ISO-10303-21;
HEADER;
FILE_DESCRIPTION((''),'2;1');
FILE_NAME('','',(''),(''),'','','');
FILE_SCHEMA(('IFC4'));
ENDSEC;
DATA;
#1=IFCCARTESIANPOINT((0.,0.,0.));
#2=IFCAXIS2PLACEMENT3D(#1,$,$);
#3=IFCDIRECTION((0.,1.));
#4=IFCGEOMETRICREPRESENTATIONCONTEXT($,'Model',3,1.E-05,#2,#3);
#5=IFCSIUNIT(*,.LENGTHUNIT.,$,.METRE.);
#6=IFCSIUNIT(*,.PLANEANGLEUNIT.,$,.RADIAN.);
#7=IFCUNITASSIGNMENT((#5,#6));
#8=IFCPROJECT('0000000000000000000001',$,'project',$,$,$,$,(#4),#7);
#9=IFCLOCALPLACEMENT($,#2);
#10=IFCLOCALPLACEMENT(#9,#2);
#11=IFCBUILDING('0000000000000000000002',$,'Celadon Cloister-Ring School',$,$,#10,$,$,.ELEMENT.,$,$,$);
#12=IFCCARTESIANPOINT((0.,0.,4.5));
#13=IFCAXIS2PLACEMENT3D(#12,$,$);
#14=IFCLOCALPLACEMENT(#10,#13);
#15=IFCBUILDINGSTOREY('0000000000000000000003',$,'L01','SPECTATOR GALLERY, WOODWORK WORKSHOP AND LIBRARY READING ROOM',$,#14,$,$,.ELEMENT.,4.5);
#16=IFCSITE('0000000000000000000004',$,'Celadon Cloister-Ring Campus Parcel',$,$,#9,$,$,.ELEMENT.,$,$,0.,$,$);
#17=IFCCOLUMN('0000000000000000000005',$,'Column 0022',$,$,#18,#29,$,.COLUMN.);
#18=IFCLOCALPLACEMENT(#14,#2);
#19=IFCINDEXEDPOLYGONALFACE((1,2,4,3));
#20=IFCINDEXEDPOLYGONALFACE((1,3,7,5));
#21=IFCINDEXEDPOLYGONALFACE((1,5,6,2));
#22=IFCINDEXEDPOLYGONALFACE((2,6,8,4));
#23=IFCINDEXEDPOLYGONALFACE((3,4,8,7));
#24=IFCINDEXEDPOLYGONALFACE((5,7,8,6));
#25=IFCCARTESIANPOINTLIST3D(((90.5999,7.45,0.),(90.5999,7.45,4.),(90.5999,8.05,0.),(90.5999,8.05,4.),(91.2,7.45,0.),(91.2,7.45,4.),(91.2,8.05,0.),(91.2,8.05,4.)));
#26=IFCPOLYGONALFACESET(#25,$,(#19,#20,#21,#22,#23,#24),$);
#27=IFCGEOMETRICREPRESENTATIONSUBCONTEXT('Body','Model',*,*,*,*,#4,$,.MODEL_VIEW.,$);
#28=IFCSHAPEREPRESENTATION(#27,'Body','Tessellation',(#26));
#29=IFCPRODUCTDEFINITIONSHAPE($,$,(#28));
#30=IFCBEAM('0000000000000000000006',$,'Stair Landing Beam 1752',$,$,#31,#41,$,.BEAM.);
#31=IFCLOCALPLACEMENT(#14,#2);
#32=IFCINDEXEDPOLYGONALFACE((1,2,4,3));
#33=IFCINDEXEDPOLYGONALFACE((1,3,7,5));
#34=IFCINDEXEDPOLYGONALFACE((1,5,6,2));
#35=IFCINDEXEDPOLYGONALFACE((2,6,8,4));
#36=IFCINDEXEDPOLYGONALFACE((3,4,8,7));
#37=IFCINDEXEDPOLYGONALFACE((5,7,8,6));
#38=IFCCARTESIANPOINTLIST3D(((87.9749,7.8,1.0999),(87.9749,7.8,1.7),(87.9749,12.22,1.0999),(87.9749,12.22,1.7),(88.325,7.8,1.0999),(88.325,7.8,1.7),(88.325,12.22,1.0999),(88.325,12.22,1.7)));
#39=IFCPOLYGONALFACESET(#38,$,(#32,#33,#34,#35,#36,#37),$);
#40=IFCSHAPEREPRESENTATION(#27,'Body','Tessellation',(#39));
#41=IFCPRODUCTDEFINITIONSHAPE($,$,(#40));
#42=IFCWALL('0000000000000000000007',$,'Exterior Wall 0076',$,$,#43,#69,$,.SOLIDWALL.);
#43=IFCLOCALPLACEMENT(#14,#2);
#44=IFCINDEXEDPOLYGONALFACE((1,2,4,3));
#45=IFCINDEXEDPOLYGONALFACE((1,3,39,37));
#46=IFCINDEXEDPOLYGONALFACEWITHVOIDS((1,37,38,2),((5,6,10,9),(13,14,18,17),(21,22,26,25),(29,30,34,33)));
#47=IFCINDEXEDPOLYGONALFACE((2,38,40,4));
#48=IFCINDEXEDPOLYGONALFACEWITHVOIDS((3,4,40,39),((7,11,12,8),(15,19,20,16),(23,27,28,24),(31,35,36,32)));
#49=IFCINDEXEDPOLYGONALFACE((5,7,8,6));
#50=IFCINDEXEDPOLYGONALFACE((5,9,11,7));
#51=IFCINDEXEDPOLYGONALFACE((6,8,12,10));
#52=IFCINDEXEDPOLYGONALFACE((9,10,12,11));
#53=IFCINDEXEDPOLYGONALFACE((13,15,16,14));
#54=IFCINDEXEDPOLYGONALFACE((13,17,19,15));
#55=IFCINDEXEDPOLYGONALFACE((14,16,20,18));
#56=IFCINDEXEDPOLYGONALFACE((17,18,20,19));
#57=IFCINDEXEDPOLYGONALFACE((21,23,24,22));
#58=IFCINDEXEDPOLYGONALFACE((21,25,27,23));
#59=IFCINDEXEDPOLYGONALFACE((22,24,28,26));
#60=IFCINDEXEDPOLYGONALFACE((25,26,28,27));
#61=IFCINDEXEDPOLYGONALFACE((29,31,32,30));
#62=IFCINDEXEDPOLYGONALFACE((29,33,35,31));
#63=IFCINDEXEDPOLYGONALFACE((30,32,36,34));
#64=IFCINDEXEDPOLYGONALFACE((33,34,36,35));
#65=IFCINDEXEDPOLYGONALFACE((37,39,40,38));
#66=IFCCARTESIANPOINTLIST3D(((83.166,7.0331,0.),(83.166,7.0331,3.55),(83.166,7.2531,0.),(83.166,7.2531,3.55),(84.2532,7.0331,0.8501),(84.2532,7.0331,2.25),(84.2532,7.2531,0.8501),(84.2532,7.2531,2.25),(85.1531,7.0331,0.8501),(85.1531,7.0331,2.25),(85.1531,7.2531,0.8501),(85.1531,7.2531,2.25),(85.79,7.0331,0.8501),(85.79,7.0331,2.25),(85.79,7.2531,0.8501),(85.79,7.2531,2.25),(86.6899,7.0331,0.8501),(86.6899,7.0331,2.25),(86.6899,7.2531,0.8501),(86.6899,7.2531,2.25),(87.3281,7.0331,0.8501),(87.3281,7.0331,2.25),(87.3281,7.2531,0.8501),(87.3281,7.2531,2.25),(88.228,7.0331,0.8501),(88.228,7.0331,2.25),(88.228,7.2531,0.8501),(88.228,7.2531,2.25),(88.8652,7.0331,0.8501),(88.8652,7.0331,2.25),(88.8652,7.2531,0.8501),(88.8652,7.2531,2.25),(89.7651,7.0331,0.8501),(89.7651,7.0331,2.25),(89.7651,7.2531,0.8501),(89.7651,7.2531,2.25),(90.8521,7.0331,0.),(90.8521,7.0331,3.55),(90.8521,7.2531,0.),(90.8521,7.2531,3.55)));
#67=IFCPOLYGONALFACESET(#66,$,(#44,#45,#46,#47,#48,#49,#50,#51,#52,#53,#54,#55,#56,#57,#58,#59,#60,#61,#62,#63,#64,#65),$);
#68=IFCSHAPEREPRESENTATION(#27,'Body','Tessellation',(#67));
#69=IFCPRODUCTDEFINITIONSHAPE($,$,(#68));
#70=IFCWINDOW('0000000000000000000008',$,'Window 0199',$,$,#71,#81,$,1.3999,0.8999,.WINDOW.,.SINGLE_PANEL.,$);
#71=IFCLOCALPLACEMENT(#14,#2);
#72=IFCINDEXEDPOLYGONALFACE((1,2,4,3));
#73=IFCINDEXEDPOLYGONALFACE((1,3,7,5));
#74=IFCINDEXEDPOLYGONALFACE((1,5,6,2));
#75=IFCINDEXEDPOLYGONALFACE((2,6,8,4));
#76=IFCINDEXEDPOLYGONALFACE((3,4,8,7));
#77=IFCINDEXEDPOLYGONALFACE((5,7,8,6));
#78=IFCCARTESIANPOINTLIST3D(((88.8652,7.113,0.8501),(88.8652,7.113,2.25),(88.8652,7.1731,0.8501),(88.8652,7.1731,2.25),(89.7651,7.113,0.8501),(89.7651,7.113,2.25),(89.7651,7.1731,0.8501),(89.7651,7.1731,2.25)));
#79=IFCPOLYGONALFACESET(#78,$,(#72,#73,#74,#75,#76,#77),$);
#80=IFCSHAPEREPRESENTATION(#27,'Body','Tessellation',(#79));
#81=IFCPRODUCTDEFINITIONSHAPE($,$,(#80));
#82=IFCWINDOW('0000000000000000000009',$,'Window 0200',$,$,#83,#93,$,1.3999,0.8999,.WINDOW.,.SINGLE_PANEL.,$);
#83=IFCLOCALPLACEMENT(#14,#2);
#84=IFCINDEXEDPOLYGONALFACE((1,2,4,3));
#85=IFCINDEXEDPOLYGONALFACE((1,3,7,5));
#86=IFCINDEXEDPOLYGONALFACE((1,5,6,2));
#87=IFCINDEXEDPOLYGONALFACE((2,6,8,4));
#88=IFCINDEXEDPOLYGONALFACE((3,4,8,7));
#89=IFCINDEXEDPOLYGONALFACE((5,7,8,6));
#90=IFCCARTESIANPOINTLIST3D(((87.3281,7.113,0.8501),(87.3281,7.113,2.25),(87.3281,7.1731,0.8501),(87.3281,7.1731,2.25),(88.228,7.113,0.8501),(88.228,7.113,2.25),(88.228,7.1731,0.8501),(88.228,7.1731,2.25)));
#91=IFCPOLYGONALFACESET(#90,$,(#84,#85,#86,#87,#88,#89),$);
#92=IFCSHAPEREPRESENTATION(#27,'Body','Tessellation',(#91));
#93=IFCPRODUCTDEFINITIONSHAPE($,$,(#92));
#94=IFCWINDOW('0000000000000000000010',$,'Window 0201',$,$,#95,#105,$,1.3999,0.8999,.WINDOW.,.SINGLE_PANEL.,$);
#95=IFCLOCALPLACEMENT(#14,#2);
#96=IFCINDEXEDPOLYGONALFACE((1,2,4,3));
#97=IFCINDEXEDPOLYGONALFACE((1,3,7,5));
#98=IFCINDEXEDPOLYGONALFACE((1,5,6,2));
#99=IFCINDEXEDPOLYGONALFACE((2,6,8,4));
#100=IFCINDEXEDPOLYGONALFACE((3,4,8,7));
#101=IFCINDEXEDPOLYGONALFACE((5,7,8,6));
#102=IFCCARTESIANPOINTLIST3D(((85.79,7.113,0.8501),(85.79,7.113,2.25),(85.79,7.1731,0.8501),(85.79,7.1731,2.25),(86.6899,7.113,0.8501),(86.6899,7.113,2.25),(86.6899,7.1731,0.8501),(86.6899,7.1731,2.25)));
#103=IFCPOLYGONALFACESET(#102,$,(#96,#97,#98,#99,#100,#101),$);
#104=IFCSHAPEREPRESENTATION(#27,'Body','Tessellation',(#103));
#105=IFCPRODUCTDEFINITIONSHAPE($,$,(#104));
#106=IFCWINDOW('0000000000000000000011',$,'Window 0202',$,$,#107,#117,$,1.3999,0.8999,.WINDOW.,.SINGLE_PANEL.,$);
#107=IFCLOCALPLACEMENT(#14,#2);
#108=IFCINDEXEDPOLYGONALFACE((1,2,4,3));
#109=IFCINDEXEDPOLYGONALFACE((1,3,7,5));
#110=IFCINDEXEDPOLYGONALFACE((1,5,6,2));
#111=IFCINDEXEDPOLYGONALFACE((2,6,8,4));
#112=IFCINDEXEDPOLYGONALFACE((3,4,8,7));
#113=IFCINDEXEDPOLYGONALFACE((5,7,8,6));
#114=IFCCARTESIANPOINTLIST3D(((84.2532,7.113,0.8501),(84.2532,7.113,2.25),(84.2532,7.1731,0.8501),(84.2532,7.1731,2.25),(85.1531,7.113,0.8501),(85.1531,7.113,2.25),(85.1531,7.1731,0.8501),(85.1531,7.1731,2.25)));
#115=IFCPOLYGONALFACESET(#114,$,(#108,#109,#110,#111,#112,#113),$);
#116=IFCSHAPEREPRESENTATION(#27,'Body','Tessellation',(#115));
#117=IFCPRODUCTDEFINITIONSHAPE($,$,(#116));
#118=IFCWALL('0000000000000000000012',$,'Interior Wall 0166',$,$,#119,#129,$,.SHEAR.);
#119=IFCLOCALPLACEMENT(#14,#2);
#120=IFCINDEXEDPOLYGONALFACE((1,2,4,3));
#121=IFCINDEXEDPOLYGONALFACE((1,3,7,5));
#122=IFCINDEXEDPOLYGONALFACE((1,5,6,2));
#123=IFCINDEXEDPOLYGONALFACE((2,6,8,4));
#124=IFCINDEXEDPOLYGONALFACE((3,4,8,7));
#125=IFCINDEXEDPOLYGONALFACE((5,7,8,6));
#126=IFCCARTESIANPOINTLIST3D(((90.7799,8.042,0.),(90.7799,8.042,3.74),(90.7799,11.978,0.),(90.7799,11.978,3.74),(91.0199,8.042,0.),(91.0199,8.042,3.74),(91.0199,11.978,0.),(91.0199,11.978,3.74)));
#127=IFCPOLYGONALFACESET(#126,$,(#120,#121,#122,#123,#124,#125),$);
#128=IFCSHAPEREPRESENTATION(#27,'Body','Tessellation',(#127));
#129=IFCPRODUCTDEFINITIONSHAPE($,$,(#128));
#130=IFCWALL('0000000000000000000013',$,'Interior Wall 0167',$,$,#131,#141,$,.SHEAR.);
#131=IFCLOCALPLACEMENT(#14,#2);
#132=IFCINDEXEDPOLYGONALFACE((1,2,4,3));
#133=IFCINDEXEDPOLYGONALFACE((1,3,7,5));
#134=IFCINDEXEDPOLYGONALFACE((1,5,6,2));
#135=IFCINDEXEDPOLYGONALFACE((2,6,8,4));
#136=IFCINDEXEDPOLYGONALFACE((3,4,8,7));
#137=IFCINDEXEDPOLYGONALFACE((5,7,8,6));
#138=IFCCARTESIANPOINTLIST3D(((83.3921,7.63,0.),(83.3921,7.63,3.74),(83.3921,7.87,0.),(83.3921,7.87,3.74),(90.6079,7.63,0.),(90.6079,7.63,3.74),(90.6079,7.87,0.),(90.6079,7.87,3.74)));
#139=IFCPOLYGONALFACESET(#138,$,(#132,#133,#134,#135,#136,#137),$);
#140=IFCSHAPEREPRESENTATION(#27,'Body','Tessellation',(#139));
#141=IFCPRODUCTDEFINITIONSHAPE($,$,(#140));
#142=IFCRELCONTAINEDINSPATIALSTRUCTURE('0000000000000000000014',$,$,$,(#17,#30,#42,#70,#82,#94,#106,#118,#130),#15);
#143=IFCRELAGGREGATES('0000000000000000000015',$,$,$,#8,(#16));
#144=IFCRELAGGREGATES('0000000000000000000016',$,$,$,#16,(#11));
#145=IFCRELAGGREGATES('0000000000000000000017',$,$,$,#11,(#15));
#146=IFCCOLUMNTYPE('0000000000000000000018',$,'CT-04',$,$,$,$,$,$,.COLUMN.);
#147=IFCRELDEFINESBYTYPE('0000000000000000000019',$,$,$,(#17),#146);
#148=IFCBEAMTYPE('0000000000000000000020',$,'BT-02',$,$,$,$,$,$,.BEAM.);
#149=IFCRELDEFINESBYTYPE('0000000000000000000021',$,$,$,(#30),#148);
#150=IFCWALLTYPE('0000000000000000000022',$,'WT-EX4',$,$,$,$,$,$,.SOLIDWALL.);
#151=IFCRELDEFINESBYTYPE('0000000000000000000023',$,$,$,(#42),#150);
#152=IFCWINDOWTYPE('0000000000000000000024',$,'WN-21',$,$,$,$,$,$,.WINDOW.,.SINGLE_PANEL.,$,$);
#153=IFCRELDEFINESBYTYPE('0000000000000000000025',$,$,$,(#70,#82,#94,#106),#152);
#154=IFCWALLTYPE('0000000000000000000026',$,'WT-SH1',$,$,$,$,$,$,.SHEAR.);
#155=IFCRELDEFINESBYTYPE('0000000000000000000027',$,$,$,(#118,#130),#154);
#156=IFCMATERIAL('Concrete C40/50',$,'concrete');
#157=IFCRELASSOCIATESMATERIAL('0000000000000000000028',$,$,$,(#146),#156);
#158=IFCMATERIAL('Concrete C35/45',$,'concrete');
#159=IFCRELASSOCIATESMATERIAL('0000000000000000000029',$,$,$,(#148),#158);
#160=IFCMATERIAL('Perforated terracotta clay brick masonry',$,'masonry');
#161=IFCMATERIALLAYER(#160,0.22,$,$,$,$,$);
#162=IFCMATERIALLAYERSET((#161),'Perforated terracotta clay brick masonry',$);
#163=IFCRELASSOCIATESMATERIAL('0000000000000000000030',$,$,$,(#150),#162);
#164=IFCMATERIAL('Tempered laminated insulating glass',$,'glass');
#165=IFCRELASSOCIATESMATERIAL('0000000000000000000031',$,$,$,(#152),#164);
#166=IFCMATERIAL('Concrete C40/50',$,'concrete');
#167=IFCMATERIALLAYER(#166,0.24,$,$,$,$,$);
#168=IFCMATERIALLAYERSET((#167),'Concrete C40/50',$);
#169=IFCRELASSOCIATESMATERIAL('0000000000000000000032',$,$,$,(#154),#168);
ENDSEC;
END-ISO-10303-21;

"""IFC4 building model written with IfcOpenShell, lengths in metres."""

from ifc_helpers import new_model, si_unit, direction, frame, frame_2d, origin, origin_2d, place, context, subcontext, project, spatial, rectangle, extrude, material, layer, layer_set, material_profile, profile_set, type_object, element, fill, save


model = new_model("IFC4")

# Units and contexts
model_context = context("Model", 3, precision=1e-05, world=origin(), true_north=direction((0.0, 1.0)))
body_context = subcontext(model_context, "Body", "Model", "MODEL_VIEW")
ifc_project = project(units=[si_unit("LENGTHUNIT", "METRE"), si_unit("PLANEANGLEUNIT", "RADIAN")], contexts=[model_context])

# Site, building, storey
site_placement = place(None, origin())
site = spatial("IfcSite", under=ifc_project, at=site_placement, Name="Celadon Cloister-Ring Campus Parcel", CompositionType="ELEMENT", RefElevation=0.0)
building_placement = place(site_placement, origin())
building = spatial("IfcBuilding", under=site, at=building_placement, Name="Celadon Cloister-Ring School", CompositionType="ELEMENT")
storey_placement = place(building_placement, frame((0.0, 0.0, 4.5)))
storey = spatial("IfcBuildingStorey", under=building, at=storey_placement, Name="L01", Description="SPECTATOR GALLERY, WOODWORK WORKSHOP AND LIBRARY READING ROOM", CompositionType="ELEMENT", Elevation=4.5)

# Column
ifc_material_1 = material(Name="Concrete C40/50", Category="concrete")
ifc_material_profile_1 = material_profile(ifc_material_1, rectangle(XDim=0.6001, YDim=0.6001, at=origin_2d()), Name="RC600X600")
ifc_profile_set_1 = profile_set([ifc_material_profile_1], Name="Concrete C40/50")
column_type = type_object("IfcColumnType", Name="CT-04", PredefinedType="COLUMN", material=ifc_profile_set_1)
column_placement = place(storey_placement, frame((90.8999, 7.75, 0.0), z_axis=(0.0, 0.0, 1.0), x_axis=(1.0, 0.0, 0.0)))
element("IfcColumn", 1, at=column_placement, inside=storey, type_object=column_type, Name="Column 0022", PredefinedType="COLUMN", context=body_context, shape_type="SweptSolid", body=[
    extrude(rectangle(XDim=0.6001, YDim=0.6001, at=origin_2d()), origin(), (0.0, 0.0, 1.0), 4.0),
])

# Beam
ifc_material_2 = material(Name="Concrete C35/45", Category="concrete")
ifc_material_profile_2 = material_profile(ifc_material_2, rectangle(XDim=0.3501, YDim=0.6001, at=origin_2d()), Name="RC350X600")
ifc_profile_set_2 = profile_set([ifc_material_profile_2], Name="Concrete C35/45")
beam_type = type_object("IfcBeamType", Name="BT-02", PredefinedType="BEAM", material=ifc_profile_set_2)
beam_placement = place(storey_placement, frame((88.1499, 7.8, 1.3999), z_axis=(0.0, 1.0, 0.0), x_axis=(-1.0, 0.0, 0.0)))
element("IfcBeam", 2, at=beam_placement, inside=storey, type_object=beam_type, Name="Stair Landing Beam 1752", PredefinedType="BEAM", context=body_context, shape_type="SweptSolid", body=[
    extrude(rectangle(XDim=0.3501, YDim=0.6001, at=origin_2d()), origin(), (0.0, 0.0, 1.0), 4.4199),
])

# Wall, openings, windows
ifc_material_3 = material(Name="Perforated terracotta clay brick masonry", Category="masonry")
ifc_layer_1 = layer(ifc_material_3, 0.22)
ifc_layer_set_1 = layer_set([ifc_layer_1], Name="Perforated terracotta clay brick masonry")
wall_type_1 = type_object("IfcWallType", Name="WT-EX4", PredefinedType="SOLIDWALL", material=ifc_layer_set_1)
wall_1_placement = place(storey_placement, frame((90.8521, 7.1431, 0.0), z_axis=(0.0, 0.0, 1.0), x_axis=(-1.0, 0.0, 0.0)))
wall_1 = element("IfcWall", 3, at=wall_1_placement, inside=storey, type_object=wall_type_1, Name="Exterior Wall 0076", PredefinedType="SOLIDWALL", context=body_context, shape_type="SweptSolid", body=[
    extrude(rectangle(XDim=7.686, YDim=0.22, at=frame_2d((3.843, 0.0))), origin(), (0.0, 0.0, 1.0), 3.55),
])
opening_1_placement = place(wall_1_placement, frame((1.0869, 0.0, 0.8501)))
opening_1 = element("IfcOpeningElement", 4, at=opening_1_placement, cuts=wall_1, PredefinedType="OPENING", context=body_context, shape_type="SweptSolid", body=[
    extrude(rectangle(XDim=0.8999, YDim=1.3999, at=frame_2d((0.45, 0.7))), frame((0.0, 0.1201, 0.0), z_axis=(0.0, -1.0, 0.0), x_axis=(1.0, 0.0, 0.0)), (0.0, 0.0, 1.0), 0.24),
])
opening_2_placement = place(wall_1_placement, frame((2.624, 0.0, 0.8501)))
opening_2 = element("IfcOpeningElement", 5, at=opening_2_placement, cuts=wall_1, PredefinedType="OPENING", context=body_context, shape_type="SweptSolid", body=[
    extrude(rectangle(XDim=0.8999, YDim=1.3999, at=frame_2d((0.45, 0.7))), frame((0.0, 0.1201, 0.0), z_axis=(0.0, -1.0, 0.0), x_axis=(1.0, 0.0, 0.0)), (0.0, 0.0, 1.0), 0.24),
])
opening_3_placement = place(wall_1_placement, frame((4.1621, 0.0, 0.8501)))
opening_3 = element("IfcOpeningElement", 6, at=opening_3_placement, cuts=wall_1, PredefinedType="OPENING", context=body_context, shape_type="SweptSolid", body=[
    extrude(rectangle(XDim=0.8999, YDim=1.3999, at=frame_2d((0.45, 0.7))), frame((0.0, 0.1201, 0.0), z_axis=(0.0, -1.0, 0.0), x_axis=(1.0, 0.0, 0.0)), (0.0, 0.0, 1.0), 0.24),
])
opening_4_placement = place(wall_1_placement, frame((5.699, 0.0, 0.8501)))
opening_4 = element("IfcOpeningElement", 7, at=opening_4_placement, cuts=wall_1, PredefinedType="OPENING", context=body_context, shape_type="SweptSolid", body=[
    extrude(rectangle(XDim=0.8999, YDim=1.3999, at=frame_2d((0.45, 0.7))), frame((0.0, 0.1201, 0.0), z_axis=(0.0, -1.0, 0.0), x_axis=(1.0, 0.0, 0.0)), (0.0, 0.0, 1.0), 0.24),
])
ifc_material_4 = material(Name="Tempered laminated insulating glass", Category="glass")
window_type = type_object("IfcWindowType", Name="WN-21", PartitioningType="SINGLE_PANEL", PredefinedType="WINDOW", material=ifc_material_4)
window_1_placement = place(opening_1_placement, origin())
window_1 = element("IfcWindow", 8, at=window_1_placement, inside=storey, type_object=window_type, Name="Window 0199", OverallHeight=1.3999, OverallWidth=0.8999, PartitioningType="SINGLE_PANEL", PredefinedType="WINDOW", context=body_context, shape_type="SweptSolid", body=[
    extrude(rectangle(XDim=0.8999, YDim=1.3999, at=frame_2d((0.45, 0.7))), frame((0.0, 0.03, 0.0), z_axis=(0.0, -1.0, 0.0), x_axis=(1.0, 0.0, 0.0)), (0.0, 0.0, 1.0), 0.0601),
])
fill(opening_1, window_1)
window_2_placement = place(opening_2_placement, origin())
window_2 = element("IfcWindow", 9, at=window_2_placement, inside=storey, type_object=window_type, Name="Window 0200", OverallHeight=1.3999, OverallWidth=0.8999, PartitioningType="SINGLE_PANEL", PredefinedType="WINDOW", context=body_context, shape_type="SweptSolid", body=[
    extrude(rectangle(XDim=0.8999, YDim=1.3999, at=frame_2d((0.45, 0.7))), frame((0.0, 0.03, 0.0), z_axis=(0.0, -1.0, 0.0), x_axis=(1.0, 0.0, 0.0)), (0.0, 0.0, 1.0), 0.0601),
])
fill(opening_2, window_2)
window_3_placement = place(opening_3_placement, origin())
window_3 = element("IfcWindow", 10, at=window_3_placement, inside=storey, type_object=window_type, Name="Window 0201", OverallHeight=1.3999, OverallWidth=0.8999, PartitioningType="SINGLE_PANEL", PredefinedType="WINDOW", context=body_context, shape_type="SweptSolid", body=[
    extrude(rectangle(XDim=0.8999, YDim=1.3999, at=frame_2d((0.45, 0.7))), frame((0.0, 0.03, 0.0), z_axis=(0.0, -1.0, 0.0), x_axis=(1.0, 0.0, 0.0)), (0.0, 0.0, 1.0), 0.0601),
])
fill(opening_3, window_3)
window_4_placement = place(opening_4_placement, origin())
window_4 = element("IfcWindow", 11, at=window_4_placement, inside=storey, type_object=window_type, Name="Window 0202", OverallHeight=1.3999, OverallWidth=0.8999, PartitioningType="SINGLE_PANEL", PredefinedType="WINDOW", context=body_context, shape_type="SweptSolid", body=[
    extrude(rectangle(XDim=0.8999, YDim=1.3999, at=frame_2d((0.45, 0.7))), frame((0.0, 0.03, 0.0), z_axis=(0.0, -1.0, 0.0), x_axis=(1.0, 0.0, 0.0)), (0.0, 0.0, 1.0), 0.0601),
])
fill(opening_4, window_4)

# Walls
ifc_material_5 = material(Name="Concrete C40/50", Category="concrete")
ifc_layer_2 = layer(ifc_material_5, 0.24)
ifc_layer_set_2 = layer_set([ifc_layer_2], Name="Concrete C40/50")
wall_type_2 = type_object("IfcWallType", Name="WT-SH1", PredefinedType="SHEAR", material=ifc_layer_set_2)
wall_2_placement = place(storey_placement, frame((90.8999, 11.978, 0.0), z_axis=(0.0, 0.0, 1.0), x_axis=(0.0, -1.0, 0.0)))
element("IfcWall", 12, at=wall_2_placement, inside=storey, type_object=wall_type_2, Name="Interior Wall 0166", PredefinedType="SHEAR", context=body_context, shape_type="SweptSolid", body=[
    extrude(rectangle(XDim=3.936, YDim=0.24, at=frame_2d((1.968, 0.0))), origin(), (0.0, 0.0, 1.0), 3.74),
])
wall_3_placement = place(storey_placement, frame((90.6079, 7.75, 0.0), z_axis=(0.0, 0.0, 1.0), x_axis=(-1.0, 0.0, 0.0)))
element("IfcWall", 13, at=wall_3_placement, inside=storey, type_object=wall_type_2, Name="Interior Wall 0167", PredefinedType="SHEAR", context=body_context, shape_type="SweptSolid", body=[
    extrude(rectangle(XDim=7.2158, YDim=0.24, at=frame_2d((3.6079, 0.0))), origin(), (0.0, 0.0, 1.0), 3.74),
])

save(model, "model.ifc")
